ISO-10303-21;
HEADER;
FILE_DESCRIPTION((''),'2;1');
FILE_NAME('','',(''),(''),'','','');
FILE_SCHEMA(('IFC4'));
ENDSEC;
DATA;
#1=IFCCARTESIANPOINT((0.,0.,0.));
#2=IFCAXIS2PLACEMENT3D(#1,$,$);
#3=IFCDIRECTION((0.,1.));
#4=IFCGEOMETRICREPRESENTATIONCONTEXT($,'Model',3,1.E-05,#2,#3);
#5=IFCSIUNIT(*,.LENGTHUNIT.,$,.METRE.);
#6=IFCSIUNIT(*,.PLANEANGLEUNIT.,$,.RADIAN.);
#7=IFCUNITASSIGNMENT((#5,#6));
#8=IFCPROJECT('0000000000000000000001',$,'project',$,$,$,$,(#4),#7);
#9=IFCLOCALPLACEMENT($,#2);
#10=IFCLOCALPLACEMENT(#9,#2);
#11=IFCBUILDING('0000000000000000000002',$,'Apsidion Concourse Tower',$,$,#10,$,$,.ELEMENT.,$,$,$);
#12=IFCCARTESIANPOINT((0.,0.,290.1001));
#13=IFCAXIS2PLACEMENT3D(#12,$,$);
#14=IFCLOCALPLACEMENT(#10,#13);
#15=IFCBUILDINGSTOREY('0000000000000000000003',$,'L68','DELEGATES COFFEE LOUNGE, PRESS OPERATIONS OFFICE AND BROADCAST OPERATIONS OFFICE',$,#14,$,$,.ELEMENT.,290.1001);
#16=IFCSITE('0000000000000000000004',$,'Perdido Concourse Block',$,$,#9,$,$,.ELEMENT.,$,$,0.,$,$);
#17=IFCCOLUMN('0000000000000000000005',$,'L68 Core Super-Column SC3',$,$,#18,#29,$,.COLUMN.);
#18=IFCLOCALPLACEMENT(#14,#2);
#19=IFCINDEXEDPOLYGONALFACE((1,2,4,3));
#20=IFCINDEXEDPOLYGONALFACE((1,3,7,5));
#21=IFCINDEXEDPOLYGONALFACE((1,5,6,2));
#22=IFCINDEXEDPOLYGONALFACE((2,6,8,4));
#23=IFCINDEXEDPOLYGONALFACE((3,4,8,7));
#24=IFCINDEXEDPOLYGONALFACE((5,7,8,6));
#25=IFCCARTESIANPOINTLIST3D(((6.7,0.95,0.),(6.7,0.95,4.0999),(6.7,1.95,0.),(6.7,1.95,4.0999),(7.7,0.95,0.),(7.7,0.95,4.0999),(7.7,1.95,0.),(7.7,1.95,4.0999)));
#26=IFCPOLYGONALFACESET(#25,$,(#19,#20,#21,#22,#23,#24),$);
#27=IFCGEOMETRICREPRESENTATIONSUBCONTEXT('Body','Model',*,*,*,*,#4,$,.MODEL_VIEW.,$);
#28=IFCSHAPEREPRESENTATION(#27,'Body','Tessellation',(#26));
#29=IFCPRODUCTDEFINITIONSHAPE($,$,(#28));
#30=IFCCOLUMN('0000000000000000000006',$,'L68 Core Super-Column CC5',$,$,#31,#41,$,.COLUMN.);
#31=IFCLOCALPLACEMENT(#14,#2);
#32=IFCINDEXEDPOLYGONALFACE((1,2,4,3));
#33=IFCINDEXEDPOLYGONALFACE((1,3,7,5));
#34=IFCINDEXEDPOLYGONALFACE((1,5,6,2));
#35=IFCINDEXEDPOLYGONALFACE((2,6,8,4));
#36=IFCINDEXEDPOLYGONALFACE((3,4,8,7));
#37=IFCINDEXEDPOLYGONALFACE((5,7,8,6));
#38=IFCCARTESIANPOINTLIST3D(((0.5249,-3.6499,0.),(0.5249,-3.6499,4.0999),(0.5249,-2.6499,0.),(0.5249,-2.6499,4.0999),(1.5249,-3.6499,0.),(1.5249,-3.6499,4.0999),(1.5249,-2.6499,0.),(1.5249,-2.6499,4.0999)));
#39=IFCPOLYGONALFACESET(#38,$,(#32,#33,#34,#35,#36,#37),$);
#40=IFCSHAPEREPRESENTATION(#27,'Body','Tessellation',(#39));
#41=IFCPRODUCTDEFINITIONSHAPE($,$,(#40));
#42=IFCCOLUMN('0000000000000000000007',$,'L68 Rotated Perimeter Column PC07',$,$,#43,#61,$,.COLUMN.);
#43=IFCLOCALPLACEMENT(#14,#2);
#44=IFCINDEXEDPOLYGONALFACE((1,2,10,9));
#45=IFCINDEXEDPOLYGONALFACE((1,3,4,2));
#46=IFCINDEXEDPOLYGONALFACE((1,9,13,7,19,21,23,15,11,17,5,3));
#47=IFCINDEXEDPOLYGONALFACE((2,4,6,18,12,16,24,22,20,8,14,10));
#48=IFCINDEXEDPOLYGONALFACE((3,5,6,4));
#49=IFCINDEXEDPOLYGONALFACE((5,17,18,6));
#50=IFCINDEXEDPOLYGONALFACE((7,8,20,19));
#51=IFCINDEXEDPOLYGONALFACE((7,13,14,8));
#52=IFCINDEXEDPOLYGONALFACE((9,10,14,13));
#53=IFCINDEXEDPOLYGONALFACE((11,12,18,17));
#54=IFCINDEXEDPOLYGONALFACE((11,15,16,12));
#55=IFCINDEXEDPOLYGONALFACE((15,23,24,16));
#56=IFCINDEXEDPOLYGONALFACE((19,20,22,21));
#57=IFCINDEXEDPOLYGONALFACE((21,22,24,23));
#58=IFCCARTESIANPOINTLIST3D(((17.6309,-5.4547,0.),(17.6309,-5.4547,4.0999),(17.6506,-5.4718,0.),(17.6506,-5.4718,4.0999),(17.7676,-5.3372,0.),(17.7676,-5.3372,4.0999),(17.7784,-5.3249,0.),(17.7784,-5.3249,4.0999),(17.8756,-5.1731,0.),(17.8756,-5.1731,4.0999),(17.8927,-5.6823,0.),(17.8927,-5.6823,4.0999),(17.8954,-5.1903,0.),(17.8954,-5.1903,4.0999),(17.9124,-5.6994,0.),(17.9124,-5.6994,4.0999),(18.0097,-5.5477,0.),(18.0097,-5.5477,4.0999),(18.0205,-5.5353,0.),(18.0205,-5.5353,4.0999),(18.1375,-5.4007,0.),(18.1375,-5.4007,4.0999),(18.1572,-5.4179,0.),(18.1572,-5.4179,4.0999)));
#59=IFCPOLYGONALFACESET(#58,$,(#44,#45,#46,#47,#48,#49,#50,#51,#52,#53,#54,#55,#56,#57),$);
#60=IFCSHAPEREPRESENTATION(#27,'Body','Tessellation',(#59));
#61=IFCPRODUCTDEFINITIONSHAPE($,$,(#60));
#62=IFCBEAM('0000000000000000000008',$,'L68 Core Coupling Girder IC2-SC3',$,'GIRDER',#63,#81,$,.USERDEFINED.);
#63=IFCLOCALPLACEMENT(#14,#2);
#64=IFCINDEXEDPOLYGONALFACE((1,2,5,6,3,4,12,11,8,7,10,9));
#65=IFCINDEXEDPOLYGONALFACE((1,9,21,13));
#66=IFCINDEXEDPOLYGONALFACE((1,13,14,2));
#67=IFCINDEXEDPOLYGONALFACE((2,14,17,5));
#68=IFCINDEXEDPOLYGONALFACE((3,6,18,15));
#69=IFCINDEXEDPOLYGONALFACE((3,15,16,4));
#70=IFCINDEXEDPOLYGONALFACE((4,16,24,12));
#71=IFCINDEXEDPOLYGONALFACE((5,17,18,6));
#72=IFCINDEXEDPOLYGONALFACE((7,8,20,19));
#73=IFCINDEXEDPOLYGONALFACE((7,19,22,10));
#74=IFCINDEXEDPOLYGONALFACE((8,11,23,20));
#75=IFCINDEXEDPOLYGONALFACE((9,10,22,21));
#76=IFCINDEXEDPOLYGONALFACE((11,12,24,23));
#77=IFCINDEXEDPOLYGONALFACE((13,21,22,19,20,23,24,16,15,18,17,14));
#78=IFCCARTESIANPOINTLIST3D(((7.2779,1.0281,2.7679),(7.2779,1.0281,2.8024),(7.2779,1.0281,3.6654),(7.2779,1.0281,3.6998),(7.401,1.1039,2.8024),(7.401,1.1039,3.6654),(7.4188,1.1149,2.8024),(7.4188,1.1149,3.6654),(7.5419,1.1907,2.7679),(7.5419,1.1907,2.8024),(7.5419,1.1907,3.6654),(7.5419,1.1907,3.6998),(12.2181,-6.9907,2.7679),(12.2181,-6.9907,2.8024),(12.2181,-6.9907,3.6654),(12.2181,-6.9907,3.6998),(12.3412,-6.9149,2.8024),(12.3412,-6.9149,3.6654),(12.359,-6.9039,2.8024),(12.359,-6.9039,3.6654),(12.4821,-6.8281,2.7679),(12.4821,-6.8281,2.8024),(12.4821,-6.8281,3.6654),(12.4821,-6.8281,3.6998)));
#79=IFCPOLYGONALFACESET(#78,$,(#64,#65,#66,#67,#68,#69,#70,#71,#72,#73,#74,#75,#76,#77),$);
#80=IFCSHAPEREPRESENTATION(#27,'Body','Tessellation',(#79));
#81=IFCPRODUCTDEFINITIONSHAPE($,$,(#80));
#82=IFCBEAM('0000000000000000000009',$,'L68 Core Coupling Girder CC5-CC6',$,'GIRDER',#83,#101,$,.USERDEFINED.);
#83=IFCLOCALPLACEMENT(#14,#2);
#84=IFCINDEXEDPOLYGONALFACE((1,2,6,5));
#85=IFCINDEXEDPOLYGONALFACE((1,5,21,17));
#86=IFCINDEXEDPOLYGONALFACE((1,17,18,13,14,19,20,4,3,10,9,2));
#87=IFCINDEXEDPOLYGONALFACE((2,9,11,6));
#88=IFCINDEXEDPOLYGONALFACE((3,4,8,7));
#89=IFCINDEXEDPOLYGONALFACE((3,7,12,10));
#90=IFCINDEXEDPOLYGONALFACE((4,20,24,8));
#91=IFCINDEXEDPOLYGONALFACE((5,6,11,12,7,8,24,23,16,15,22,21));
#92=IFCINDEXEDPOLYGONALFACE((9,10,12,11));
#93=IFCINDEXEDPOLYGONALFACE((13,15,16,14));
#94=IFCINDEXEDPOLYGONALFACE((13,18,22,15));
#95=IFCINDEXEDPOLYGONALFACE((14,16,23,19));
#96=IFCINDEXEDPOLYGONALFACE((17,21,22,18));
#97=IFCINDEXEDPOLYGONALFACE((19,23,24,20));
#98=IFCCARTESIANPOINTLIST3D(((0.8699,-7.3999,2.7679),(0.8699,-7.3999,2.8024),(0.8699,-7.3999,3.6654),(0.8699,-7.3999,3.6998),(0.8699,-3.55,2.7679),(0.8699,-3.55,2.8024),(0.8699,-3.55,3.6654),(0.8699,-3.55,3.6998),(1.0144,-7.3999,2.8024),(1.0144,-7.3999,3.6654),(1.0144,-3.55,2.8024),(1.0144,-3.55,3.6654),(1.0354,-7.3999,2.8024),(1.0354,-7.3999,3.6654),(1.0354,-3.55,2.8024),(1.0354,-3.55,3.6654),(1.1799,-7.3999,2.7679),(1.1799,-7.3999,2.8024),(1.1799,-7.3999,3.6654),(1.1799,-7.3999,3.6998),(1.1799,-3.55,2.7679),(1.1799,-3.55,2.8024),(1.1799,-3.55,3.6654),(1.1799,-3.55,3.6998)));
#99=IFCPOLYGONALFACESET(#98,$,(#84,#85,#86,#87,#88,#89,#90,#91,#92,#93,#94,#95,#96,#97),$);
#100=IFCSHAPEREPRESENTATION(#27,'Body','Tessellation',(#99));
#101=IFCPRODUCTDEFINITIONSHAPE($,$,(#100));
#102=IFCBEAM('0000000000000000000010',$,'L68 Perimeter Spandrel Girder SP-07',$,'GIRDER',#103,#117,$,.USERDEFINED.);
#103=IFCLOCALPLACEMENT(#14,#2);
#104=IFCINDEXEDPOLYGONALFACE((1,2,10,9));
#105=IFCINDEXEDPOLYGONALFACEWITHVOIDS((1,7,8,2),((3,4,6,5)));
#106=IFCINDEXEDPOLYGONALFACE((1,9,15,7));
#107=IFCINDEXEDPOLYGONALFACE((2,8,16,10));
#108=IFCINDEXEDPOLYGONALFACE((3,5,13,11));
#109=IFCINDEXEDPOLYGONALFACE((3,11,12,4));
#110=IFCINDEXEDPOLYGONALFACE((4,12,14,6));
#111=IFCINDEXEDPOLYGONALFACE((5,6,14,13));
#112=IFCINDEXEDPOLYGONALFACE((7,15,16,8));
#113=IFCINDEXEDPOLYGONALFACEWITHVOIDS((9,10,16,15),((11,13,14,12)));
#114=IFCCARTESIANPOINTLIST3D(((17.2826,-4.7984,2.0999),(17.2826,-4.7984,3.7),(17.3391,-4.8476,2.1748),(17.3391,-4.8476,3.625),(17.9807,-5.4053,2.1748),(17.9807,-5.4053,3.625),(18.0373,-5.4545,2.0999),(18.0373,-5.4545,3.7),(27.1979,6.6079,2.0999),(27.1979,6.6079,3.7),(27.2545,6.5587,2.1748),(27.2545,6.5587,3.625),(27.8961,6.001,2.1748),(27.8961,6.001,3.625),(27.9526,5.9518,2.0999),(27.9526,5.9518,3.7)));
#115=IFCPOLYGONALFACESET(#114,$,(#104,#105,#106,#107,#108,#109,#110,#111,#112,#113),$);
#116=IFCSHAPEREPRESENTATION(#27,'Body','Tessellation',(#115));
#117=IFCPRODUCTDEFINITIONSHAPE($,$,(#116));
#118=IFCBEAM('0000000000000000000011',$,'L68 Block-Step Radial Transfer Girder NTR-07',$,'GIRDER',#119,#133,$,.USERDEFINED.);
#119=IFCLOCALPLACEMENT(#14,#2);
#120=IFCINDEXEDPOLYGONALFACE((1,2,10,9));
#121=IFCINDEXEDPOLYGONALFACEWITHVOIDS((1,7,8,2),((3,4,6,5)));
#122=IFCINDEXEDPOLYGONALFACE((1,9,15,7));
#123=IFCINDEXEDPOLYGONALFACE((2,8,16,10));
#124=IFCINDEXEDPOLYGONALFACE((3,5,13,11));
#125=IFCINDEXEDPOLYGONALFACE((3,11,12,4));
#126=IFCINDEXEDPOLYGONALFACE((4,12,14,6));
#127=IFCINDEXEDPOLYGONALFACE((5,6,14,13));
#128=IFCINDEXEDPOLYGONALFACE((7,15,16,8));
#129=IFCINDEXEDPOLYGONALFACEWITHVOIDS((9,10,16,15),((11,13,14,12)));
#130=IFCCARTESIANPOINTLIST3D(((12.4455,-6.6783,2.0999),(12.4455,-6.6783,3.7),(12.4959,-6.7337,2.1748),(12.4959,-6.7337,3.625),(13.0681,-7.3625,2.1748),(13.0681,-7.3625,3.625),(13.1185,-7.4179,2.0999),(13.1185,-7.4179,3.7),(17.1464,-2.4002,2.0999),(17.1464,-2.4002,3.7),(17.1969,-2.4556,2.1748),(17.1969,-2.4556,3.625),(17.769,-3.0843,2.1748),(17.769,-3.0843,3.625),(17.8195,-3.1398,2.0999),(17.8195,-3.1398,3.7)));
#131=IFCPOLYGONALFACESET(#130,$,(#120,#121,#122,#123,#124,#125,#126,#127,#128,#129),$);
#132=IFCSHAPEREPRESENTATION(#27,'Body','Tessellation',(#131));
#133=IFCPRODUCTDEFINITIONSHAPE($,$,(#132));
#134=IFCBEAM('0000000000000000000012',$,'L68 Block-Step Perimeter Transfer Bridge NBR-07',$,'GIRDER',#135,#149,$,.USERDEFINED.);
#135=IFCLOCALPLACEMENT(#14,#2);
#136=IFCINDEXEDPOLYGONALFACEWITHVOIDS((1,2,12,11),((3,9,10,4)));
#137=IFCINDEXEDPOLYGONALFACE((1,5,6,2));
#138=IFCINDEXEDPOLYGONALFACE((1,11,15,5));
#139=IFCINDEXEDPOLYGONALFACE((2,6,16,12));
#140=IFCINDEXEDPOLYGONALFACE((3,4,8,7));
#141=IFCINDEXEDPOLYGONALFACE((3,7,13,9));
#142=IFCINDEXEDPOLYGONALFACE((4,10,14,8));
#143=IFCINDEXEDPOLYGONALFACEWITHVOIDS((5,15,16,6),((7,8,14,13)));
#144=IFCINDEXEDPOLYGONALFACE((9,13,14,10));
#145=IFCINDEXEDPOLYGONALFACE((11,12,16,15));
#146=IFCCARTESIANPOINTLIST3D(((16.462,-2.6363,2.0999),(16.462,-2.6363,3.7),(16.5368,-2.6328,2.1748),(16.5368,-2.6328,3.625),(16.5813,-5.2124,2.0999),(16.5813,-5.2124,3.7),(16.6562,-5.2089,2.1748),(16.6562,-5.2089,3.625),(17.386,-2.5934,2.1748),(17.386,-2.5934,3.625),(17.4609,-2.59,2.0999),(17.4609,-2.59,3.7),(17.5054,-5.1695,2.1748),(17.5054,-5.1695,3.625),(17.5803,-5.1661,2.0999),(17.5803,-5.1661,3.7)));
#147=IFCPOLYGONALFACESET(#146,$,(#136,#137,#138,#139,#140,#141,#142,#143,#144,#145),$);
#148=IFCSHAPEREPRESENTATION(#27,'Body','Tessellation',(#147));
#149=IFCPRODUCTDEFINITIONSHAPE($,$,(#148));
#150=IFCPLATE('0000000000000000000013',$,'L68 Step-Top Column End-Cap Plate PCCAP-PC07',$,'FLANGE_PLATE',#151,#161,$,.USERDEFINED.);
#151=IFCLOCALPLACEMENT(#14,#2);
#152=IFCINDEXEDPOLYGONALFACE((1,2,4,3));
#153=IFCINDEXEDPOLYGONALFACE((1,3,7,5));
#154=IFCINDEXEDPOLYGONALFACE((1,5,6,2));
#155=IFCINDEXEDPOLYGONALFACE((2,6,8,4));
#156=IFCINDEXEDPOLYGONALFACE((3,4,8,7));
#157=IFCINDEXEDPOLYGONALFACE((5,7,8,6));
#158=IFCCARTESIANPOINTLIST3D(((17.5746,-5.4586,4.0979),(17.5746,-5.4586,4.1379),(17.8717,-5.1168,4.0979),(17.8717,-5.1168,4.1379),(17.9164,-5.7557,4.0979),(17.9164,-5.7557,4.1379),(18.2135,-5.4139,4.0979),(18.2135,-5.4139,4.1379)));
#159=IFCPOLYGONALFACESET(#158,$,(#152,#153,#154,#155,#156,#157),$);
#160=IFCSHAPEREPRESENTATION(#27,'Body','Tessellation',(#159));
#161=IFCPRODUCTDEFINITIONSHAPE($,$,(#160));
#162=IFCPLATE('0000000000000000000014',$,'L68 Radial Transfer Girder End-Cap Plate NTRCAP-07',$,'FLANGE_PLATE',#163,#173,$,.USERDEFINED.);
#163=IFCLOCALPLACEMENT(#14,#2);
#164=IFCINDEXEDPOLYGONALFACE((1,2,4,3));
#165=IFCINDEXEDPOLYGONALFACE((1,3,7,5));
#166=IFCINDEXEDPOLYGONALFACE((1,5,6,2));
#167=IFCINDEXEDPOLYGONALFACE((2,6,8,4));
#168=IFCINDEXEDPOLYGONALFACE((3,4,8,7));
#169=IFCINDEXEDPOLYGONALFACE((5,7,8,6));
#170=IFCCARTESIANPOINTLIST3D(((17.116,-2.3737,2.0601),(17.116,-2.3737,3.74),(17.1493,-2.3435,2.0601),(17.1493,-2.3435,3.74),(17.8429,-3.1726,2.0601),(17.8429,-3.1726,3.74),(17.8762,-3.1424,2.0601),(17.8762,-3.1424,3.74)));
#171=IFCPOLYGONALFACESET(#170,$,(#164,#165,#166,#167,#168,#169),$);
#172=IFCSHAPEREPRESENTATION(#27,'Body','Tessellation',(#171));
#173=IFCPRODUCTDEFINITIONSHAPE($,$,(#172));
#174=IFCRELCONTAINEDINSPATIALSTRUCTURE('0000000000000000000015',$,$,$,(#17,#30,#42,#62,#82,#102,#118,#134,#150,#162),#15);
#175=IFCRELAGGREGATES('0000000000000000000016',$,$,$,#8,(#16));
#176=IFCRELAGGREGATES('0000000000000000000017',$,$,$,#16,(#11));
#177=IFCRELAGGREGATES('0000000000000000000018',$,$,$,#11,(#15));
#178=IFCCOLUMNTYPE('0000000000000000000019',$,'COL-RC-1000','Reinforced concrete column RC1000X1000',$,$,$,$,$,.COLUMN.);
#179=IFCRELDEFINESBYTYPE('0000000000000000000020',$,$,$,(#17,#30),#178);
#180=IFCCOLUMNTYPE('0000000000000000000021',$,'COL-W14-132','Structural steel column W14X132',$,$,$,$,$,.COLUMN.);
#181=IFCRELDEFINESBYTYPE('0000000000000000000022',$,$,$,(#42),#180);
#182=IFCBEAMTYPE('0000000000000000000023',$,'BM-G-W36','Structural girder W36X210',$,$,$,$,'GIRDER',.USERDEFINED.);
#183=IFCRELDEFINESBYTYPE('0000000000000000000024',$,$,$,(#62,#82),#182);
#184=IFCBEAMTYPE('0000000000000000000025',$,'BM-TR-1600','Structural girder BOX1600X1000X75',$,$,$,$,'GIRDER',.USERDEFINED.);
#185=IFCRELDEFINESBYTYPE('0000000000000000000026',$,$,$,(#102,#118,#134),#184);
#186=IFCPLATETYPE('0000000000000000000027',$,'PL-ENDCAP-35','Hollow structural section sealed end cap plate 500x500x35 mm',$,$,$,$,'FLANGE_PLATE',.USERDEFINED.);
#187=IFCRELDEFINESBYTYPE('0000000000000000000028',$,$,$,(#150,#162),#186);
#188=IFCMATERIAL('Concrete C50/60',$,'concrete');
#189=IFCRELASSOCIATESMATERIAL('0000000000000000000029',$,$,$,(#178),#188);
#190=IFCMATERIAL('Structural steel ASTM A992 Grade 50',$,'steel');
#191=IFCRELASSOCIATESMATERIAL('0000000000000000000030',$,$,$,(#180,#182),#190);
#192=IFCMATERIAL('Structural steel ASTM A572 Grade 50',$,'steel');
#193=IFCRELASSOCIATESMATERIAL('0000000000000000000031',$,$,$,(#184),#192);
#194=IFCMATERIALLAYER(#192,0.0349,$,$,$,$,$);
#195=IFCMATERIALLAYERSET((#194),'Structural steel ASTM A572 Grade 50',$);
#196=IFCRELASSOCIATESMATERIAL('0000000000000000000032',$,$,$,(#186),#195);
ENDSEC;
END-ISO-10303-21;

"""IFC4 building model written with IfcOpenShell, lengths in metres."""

from ifc_helpers import new_model, si_unit, direction, frame, origin, origin_2d, place, context, subcontext, project, spatial, rectangle, hollow_rectangle, i_section, extrude, material, layer, layer_set, material_profile, profile_set, type_object, element, save


model = new_model("IFC4")

# Units and contexts
model_context = context("Model", 3, precision=1e-05, world=origin(), true_north=direction((0.0, 1.0)))
body_context = subcontext(model_context, "Body", "Model", "MODEL_VIEW")
ifc_project = project(units=[si_unit("LENGTHUNIT", "METRE"), si_unit("PLANEANGLEUNIT", "RADIAN")], contexts=[model_context])

# Site, building, storey
site_placement = place(None, origin())
site = spatial("IfcSite", under=ifc_project, at=site_placement, Name="Perdido Concourse Block", CompositionType="ELEMENT", RefElevation=0.0)
building_placement = place(site_placement, origin())
building = spatial("IfcBuilding", under=site, at=building_placement, Name="Apsidion Concourse Tower", CompositionType="ELEMENT")
storey_placement = place(building_placement, frame((0.0, 0.0, 290.1001)))
storey = spatial("IfcBuildingStorey", under=building, at=storey_placement, Name="L68", Description="DELEGATES COFFEE LOUNGE, PRESS OPERATIONS OFFICE AND BROADCAST OPERATIONS OFFICE", CompositionType="ELEMENT", Elevation=290.1001)

# Columns
ifc_material_1 = material(Name="Concrete C50/60", Category="concrete")
ifc_material_profile_1 = material_profile(ifc_material_1, rectangle(XDim=1.0, YDim=1.0, at=origin_2d()), Name="RC 1000x1000")
ifc_profile_set_1 = profile_set([ifc_material_profile_1], Name="Concrete C50/60")
column_type_1 = type_object("IfcColumnType", Name="COL-RC-1000", Description="Reinforced concrete column RC1000X1000", PredefinedType="COLUMN", material=ifc_profile_set_1)
for number, where, z_axis, x_axis, name in (
    (1, (7.2, 1.45, 0.0), (0.0, 0.0, 1.0), (1.0, 0.0, 0.0), "L68 Core Super-Column SC3"),
    (2, (1.0249, -3.1499, 0.0), (0.0, 0.0, 1.0), (1.0, 0.0, 0.0), "L68 Core Super-Column CC5"),
):
    element("IfcColumn", number, at=place(storey_placement, frame(where, z_axis=z_axis, x_axis=x_axis)), inside=storey, type_object=column_type_1, Name=name, PredefinedType="COLUMN", context=body_context, shape_type="SweptSolid", body=[
        extrude(rectangle(XDim=1.0, YDim=1.0, at=origin_2d()), origin(), (0.0, 0.0, 1.0), 4.0999),
    ])
ifc_material_2 = material(Name="Structural steel ASTM A992 Grade 50", Category="steel")
ifc_material_profile_2 = material_profile(ifc_material_2, i_section(OverallWidth=0.373, OverallDepth=0.373, WebThickness=0.0164, FlangeThickness=0.0261, at=origin_2d()), Name="W14X132")
ifc_profile_set_2 = profile_set([ifc_material_profile_2], Name="Structural steel ASTM A992 Grade 50")
column_type_2 = type_object("IfcColumnType", Name="COL-W14-132", Description="Structural steel column W14X132", PredefinedType="COLUMN", material=ifc_profile_set_2)
column_placement = place(storey_placement, frame((17.894, -5.4363, 0.0), z_axis=(0.0, 0.0, 1.0), x_axis=(0.656059, 0.75471, 0.0)))
element("IfcColumn", 3, at=column_placement, inside=storey, type_object=column_type_2, Name="L68 Rotated Perimeter Column PC07", PredefinedType="COLUMN", context=body_context, shape_type="SweptSolid", body=[
    extrude(i_section(OverallWidth=0.373, OverallDepth=0.373, WebThickness=0.0164, FlangeThickness=0.0261, at=origin_2d()), origin(), (0.0, 0.0, 1.0), 4.0999),
])

# Beams
ifc_material_profile_3 = material_profile(ifc_material_2, i_section(OverallWidth=0.3101, OverallDepth=0.9319, WebThickness=0.021, FlangeThickness=0.0344, at=origin_2d()), Name="W36X210")
ifc_profile_set_3 = profile_set([ifc_material_profile_3], Name="Structural steel ASTM A992 Grade 50")
beam_type_1 = type_object("IfcBeamType", Name="BM-G-W36", Description="Structural girder W36X210", ElementType="GIRDER", PredefinedType="USERDEFINED", material=ifc_profile_set_3)
beam_1_placement = place(storey_placement, frame((12.3501, -6.9094, 3.2339), z_axis=(-0.524524, 0.851396, 0.0), x_axis=(-0.851396, -0.524524, 0.0)))
element("IfcBeam", 4, at=beam_1_placement, inside=storey, type_object=beam_type_1, Name="L68 Core Coupling Girder IC2-SC3", ObjectType="GIRDER", PredefinedType="USERDEFINED", context=body_context, shape_type="SweptSolid", body=[
    extrude(i_section(OverallWidth=0.3101, OverallDepth=0.9319, WebThickness=0.021, FlangeThickness=0.0344, at=origin_2d()), origin(), (0.0, 0.0, 1.0), 9.4185),
])
beam_2_placement = place(storey_placement, frame((1.0249, -3.55, 3.2339), z_axis=(0.0, -1.0, 0.0), x_axis=(1.0, 0.0, 0.0)))
element("IfcBeam", 5, at=beam_2_placement, inside=storey, type_object=beam_type_1, Name="L68 Core Coupling Girder CC5-CC6", ObjectType="GIRDER", PredefinedType="USERDEFINED", context=body_context, shape_type="SweptSolid", body=[
    extrude(i_section(OverallWidth=0.3101, OverallDepth=0.9319, WebThickness=0.021, FlangeThickness=0.0344, at=origin_2d()), origin(), (0.0, 0.0, 1.0), 3.8499),
])
ifc_material_3 = material(Name="Structural steel ASTM A572 Grade 50", Category="steel")
ifc_material_profile_4 = material_profile(ifc_material_3, hollow_rectangle(XDim=1.0, YDim=1.6001, WallThickness=0.075, at=origin_2d()), Name="BOX1600X1000X75")
ifc_profile_set_4 = profile_set([ifc_material_profile_4], Name="Structural steel ASTM A572 Grade 50")
beam_type_2 = type_object("IfcBeamType", Name="BM-TR-1600", Description="Structural girder BOX1600X1000X75", ElementType="GIRDER", PredefinedType="USERDEFINED", material=ifc_profile_set_4)
beam_3_placement = place(storey_placement, frame((17.6599, -5.1265, 2.8999), z_axis=(0.656058, 0.75471, 0.0), x_axis=(-0.75471, 0.656058, 0.0)))
element("IfcBeam", 6, at=beam_3_placement, inside=storey, type_object=beam_type_2, Name="L68 Perimeter Spandrel Girder SP-07", ObjectType="GIRDER", PredefinedType="USERDEFINED", context=body_context, shape_type="SweptSolid", body=[
    extrude(hollow_rectangle(XDim=1.0, YDim=1.6001, WallThickness=0.075, at=origin_2d()), origin(), (0.0, 0.0, 1.0), 15.1135),
])
beam_4_placement = place(storey_placement, frame((12.782, -7.0481, 2.8999), z_axis=(0.739587, 0.673061, 0.0), x_axis=(-0.673061, 0.739587, 0.0)))
element("IfcBeam", 7, at=beam_4_placement, inside=storey, type_object=beam_type_2, Name="L68 Block-Step Radial Transfer Girder NTR-07", ObjectType="GIRDER", PredefinedType="USERDEFINED", context=body_context, shape_type="SweptSolid", body=[
    extrude(hollow_rectangle(XDim=1.0, YDim=1.6001, WallThickness=0.075, at=origin_2d()), origin(), (0.0, 0.0, 1.0), 6.3562),
])
beam_5_placement = place(storey_placement, frame((17.0808, -5.1892, 2.8999), z_axis=(-0.046292, 0.998928, 0.0), x_axis=(-0.998928, -0.046292, 0.0)))
element("IfcBeam", 8, at=beam_5_placement, inside=storey, type_object=beam_type_2, Name="L68 Block-Step Perimeter Transfer Bridge NBR-07", ObjectType="GIRDER", PredefinedType="USERDEFINED", context=body_context, shape_type="SweptSolid", body=[
    extrude(hollow_rectangle(XDim=1.0, YDim=1.6001, WallThickness=0.075, at=origin_2d()), origin(), (0.0, 0.0, 1.0), 2.5789),
])

# Plates
ifc_layer_1 = layer(ifc_material_3, 0.0349)
ifc_layer_set_1 = layer_set([ifc_layer_1], Name="Structural steel ASTM A572 Grade 50")
plate_type = type_object("IfcPlateType", Name="PL-ENDCAP-35", Description="Hollow structural section sealed end cap plate 500x500x35 mm", ElementType="FLANGE_PLATE", PredefinedType="USERDEFINED", material=ifc_layer_set_1)
plate_1_placement = place(storey_placement, frame((17.894, -5.4363, 4.0979), z_axis=(0.0, 0.0, 1.0), x_axis=(0.656059, 0.75471, 0.0)))
element("IfcPlate", 9, at=plate_1_placement, inside=storey, type_object=plate_type, Name="L68 Step-Top Column End-Cap Plate PCCAP-PC07", ObjectType="FLANGE_PLATE", PredefinedType="USERDEFINED", context=body_context, shape_type="SweptSolid", body=[
    extrude(rectangle(XDim=0.4529, YDim=0.4529, at=origin_2d()), origin(), (0.0, 0.0, 1.0), 0.04),
])
plate_2_placement = place(storey_placement, frame((17.4961, -2.7581, 2.0601), z_axis=(0.0, 0.0, 1.0), x_axis=(0.739631, 0.673013, 0.0)))
element("IfcPlate", 10, at=plate_2_placement, inside=storey, type_object=plate_type, Name="L68 Radial Transfer Girder End-Cap Plate NTRCAP-07", ObjectType="FLANGE_PLATE", PredefinedType="USERDEFINED", context=body_context, shape_type="SweptSolid", body=[
    extrude(rectangle(XDim=0.0449, YDim=1.0801, at=origin_2d()), origin(), (0.0, 0.0, 1.0), 1.6799),
])

save(model, "model.ifc")
